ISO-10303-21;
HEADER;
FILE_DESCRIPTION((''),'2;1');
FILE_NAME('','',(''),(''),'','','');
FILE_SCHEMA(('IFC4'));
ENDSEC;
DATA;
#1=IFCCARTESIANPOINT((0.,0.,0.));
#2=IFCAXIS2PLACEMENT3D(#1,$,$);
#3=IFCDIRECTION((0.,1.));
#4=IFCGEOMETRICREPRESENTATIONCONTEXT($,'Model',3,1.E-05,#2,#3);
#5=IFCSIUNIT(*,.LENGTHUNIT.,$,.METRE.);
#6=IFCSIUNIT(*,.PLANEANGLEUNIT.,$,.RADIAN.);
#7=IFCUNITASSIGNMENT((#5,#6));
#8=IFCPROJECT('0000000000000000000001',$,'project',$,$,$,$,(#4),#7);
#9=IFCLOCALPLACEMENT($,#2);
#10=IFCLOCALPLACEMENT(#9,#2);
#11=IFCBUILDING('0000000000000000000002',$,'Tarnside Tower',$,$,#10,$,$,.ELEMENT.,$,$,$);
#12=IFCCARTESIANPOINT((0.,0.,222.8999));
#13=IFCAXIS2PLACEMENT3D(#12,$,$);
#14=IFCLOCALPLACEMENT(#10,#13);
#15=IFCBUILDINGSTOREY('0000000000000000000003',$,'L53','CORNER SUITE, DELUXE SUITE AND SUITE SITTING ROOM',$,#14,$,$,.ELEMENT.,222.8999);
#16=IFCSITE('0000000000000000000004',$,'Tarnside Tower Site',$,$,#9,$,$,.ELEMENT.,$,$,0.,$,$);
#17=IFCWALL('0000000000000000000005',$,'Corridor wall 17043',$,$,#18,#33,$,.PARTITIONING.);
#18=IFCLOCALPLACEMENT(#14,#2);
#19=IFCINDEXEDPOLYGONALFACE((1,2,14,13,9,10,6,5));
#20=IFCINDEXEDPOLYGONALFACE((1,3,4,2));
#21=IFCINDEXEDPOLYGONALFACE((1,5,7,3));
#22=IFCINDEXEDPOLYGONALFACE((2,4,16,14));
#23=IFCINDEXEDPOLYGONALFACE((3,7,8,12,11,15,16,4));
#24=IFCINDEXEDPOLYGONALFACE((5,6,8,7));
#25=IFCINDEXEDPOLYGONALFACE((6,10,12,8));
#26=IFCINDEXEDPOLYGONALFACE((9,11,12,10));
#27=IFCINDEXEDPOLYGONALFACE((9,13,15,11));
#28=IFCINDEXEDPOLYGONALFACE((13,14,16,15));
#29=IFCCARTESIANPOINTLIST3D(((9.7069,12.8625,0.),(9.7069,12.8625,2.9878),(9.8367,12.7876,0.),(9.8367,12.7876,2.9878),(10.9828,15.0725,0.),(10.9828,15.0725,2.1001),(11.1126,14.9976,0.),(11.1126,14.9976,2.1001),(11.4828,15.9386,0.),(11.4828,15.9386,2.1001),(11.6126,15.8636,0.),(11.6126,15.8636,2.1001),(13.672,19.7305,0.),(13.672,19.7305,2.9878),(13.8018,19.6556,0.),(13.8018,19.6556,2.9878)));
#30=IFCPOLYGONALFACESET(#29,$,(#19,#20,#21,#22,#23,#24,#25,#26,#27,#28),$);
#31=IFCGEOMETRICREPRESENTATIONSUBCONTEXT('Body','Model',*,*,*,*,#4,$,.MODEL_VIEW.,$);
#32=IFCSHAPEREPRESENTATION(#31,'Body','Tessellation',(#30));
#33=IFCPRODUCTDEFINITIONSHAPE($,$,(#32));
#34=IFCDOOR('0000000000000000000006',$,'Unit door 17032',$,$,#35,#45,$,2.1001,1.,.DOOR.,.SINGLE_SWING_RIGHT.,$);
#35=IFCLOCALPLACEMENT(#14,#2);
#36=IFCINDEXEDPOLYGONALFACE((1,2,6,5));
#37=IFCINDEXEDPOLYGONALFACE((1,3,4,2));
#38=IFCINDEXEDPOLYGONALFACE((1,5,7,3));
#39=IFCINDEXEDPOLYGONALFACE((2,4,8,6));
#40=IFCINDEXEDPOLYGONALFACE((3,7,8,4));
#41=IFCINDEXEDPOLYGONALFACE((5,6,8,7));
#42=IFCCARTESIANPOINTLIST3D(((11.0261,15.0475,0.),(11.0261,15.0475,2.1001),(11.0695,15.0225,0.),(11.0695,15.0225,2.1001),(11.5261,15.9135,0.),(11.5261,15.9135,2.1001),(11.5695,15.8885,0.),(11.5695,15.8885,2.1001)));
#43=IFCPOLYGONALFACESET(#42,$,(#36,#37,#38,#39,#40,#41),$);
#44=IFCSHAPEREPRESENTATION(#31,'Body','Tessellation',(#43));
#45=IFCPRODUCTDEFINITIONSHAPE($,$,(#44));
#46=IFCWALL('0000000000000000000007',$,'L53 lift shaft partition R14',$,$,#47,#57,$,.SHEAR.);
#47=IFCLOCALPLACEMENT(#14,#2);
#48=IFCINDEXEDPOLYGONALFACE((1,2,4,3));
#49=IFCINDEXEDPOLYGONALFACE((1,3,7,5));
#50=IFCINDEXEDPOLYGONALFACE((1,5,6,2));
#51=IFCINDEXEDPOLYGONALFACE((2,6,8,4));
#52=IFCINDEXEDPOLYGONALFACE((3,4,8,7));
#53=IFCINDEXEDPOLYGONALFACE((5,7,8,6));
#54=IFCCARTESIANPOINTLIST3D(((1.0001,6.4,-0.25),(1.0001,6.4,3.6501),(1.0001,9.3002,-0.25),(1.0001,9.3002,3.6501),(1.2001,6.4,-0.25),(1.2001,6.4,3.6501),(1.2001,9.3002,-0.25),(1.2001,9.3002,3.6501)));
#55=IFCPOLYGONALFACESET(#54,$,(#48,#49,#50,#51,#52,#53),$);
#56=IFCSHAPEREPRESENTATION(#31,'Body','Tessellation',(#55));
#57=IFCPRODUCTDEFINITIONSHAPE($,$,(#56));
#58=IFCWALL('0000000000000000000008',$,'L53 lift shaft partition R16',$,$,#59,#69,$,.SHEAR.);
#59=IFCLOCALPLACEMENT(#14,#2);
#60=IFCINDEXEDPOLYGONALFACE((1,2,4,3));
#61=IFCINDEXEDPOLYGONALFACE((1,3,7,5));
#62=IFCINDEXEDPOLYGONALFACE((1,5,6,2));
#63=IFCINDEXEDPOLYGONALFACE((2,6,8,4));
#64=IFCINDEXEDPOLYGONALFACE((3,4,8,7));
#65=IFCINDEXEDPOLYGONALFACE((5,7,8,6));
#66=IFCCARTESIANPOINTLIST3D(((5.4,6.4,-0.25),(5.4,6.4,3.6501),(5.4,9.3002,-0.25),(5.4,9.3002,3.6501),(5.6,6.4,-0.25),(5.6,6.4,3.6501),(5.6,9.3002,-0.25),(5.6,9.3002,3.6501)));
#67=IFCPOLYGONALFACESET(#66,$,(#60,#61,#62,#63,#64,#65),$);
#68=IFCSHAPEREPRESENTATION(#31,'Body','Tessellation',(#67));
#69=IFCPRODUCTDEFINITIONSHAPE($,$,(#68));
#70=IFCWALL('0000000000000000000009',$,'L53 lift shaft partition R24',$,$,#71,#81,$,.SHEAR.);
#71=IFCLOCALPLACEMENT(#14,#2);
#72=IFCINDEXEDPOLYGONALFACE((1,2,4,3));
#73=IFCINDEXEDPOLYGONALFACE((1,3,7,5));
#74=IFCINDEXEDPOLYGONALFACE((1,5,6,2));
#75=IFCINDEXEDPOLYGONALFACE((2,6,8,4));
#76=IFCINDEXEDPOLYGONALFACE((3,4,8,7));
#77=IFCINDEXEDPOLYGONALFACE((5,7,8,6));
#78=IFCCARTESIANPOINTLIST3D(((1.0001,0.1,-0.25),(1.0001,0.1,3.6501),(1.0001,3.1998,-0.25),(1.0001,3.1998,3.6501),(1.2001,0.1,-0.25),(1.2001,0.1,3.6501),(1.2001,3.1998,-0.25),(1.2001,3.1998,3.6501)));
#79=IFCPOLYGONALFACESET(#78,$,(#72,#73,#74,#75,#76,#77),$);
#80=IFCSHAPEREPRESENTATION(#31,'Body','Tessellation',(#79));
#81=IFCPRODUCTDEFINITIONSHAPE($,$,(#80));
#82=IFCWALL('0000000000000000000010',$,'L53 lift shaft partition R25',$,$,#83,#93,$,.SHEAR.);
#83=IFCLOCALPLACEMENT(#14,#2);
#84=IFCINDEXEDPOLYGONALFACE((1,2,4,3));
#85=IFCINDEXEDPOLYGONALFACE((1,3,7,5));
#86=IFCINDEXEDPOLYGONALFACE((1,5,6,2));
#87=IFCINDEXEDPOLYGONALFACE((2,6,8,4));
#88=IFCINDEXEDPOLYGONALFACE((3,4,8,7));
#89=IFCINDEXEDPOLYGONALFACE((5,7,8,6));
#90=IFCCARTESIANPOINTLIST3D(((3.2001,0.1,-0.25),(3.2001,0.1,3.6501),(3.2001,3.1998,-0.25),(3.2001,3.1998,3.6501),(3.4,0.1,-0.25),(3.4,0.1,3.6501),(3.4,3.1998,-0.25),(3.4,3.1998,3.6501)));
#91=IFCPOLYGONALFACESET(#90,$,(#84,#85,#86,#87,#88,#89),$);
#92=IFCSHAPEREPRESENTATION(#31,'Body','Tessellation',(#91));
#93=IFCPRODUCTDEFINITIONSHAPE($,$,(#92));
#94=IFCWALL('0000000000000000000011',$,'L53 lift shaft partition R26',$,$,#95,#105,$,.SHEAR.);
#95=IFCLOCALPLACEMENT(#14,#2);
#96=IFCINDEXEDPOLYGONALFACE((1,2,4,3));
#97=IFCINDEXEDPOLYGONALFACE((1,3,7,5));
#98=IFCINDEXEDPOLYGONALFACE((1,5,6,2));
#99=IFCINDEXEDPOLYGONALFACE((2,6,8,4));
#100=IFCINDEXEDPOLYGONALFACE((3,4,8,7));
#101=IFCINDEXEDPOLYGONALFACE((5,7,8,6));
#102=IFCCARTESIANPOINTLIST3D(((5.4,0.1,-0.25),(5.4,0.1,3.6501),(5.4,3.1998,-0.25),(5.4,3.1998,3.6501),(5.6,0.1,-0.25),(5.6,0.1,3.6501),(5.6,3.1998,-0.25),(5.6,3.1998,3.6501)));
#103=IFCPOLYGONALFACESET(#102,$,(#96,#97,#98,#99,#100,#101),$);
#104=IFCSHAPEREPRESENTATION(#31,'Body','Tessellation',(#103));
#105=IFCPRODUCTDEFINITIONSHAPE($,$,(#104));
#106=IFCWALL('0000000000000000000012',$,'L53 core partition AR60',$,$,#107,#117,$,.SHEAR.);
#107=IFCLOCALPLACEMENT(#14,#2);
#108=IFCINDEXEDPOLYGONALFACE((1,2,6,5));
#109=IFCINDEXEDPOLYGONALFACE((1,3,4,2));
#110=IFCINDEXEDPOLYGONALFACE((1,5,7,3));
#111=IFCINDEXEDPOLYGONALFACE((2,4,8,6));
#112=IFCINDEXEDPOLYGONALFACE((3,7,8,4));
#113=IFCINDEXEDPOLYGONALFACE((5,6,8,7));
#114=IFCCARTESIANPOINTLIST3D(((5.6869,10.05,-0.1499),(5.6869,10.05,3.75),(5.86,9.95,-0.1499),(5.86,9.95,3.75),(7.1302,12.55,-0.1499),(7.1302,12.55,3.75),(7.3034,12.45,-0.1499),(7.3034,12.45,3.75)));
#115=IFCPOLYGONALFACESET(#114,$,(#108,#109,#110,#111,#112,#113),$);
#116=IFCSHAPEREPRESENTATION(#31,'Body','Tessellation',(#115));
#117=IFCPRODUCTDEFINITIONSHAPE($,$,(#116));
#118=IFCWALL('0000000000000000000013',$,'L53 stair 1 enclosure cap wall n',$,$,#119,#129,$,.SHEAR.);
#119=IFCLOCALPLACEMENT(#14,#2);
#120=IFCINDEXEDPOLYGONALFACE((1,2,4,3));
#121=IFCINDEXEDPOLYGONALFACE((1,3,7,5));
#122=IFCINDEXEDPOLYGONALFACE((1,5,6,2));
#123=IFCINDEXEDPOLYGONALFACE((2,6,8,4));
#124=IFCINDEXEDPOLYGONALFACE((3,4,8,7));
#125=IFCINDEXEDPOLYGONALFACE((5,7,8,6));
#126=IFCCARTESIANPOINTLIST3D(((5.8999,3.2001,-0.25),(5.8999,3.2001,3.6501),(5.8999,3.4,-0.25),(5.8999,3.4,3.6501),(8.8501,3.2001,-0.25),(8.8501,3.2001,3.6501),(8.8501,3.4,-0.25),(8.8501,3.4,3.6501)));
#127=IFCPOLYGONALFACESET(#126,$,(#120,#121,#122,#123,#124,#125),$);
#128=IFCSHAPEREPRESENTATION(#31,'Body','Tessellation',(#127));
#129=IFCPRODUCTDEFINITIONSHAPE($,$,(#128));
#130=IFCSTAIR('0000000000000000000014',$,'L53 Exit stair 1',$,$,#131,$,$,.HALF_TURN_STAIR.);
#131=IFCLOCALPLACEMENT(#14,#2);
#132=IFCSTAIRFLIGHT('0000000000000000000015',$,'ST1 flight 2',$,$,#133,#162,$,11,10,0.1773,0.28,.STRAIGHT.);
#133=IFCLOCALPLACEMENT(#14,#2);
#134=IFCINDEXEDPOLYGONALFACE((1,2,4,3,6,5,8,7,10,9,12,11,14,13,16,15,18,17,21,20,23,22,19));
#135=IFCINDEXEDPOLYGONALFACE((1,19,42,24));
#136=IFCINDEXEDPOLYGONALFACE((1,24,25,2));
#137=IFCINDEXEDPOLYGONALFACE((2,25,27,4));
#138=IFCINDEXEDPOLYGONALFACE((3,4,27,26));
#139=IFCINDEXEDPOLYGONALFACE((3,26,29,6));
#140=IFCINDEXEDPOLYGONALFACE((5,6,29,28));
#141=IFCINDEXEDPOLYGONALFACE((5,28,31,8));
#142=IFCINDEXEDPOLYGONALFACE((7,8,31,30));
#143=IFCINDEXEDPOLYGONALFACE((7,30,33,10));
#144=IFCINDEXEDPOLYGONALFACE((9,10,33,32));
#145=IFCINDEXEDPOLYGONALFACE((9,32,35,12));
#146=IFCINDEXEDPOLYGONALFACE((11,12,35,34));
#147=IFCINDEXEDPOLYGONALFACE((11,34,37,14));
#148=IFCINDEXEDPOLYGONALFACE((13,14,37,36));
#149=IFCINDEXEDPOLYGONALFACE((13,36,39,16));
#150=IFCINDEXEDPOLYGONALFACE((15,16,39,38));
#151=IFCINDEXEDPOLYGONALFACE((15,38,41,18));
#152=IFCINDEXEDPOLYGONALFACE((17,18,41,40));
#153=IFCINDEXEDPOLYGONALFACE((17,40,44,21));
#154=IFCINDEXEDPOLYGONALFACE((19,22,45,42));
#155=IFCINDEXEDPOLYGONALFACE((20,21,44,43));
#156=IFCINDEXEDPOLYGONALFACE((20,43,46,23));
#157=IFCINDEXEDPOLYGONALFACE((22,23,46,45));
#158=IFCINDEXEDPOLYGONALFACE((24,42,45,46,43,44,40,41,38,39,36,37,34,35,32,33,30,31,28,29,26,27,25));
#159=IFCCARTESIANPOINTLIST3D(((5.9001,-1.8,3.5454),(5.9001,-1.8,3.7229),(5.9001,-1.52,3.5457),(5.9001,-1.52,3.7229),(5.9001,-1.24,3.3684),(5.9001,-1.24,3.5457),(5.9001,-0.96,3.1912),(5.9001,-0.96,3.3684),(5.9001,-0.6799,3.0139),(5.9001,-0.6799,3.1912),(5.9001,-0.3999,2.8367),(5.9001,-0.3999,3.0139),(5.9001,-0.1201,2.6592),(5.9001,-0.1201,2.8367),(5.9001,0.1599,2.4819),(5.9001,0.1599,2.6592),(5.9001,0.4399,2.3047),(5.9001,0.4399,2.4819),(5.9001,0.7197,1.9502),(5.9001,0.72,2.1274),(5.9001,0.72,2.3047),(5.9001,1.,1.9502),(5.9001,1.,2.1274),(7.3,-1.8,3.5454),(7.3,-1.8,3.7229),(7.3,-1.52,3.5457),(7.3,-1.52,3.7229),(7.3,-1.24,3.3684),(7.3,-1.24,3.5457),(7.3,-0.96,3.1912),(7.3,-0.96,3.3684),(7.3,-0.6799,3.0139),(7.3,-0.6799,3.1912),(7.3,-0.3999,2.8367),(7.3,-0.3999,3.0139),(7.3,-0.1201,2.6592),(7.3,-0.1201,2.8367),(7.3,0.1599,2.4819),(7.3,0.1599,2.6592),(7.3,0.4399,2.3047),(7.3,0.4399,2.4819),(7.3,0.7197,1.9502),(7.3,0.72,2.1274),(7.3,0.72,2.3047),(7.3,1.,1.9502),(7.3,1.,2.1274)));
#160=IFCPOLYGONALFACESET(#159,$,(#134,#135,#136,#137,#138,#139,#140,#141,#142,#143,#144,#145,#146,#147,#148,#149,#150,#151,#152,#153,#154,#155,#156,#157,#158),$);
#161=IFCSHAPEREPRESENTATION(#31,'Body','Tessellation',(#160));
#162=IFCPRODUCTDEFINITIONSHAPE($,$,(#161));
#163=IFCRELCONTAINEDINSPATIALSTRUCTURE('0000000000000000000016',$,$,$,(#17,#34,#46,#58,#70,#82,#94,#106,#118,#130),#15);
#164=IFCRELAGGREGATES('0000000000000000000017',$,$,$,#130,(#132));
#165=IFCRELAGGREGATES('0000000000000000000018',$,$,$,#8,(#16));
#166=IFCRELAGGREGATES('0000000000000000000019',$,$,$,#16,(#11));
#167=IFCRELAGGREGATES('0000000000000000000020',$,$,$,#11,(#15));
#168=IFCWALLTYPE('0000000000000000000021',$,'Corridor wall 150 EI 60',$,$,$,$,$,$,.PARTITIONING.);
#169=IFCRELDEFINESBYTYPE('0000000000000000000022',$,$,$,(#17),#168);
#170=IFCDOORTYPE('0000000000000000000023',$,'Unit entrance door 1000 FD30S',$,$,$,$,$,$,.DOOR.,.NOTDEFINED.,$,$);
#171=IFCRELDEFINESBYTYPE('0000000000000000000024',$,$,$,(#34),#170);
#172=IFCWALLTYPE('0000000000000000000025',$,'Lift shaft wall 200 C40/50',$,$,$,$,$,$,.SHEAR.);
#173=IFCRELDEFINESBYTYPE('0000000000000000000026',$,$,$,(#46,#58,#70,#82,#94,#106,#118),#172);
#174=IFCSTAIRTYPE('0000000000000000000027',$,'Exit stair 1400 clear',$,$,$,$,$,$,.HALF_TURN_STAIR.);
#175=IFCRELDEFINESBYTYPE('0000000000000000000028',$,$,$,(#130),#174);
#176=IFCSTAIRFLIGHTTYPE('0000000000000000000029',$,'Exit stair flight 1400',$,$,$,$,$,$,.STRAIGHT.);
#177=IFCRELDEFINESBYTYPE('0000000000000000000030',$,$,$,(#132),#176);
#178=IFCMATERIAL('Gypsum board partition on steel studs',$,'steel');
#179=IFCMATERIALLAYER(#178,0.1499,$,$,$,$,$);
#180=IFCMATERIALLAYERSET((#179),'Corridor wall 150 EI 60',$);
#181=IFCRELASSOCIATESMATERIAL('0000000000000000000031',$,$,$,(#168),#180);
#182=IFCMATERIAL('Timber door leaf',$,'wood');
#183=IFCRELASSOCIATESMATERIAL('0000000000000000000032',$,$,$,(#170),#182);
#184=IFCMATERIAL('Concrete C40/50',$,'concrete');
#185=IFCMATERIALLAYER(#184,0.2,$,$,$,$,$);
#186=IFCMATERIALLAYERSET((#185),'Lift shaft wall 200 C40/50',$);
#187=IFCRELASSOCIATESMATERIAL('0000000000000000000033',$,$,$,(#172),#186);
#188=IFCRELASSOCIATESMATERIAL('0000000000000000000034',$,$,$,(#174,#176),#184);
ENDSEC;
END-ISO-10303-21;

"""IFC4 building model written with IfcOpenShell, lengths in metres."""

from ifc_helpers import new_model, si_unit, direction, frame, frame_2d, origin, place, context, subcontext, project, spatial, polyline, rectangle, outline, extrude, material, layer, layer_set, type_object, element, fill, aggregate, save


model = new_model("IFC4")

# Units and contexts
model_context = context("Model", 3, precision=1e-05, world=origin(), true_north=direction((0.0, 1.0)))
body_context = subcontext(model_context, "Body", "Model", "MODEL_VIEW")
ifc_project = project(units=[si_unit("LENGTHUNIT", "METRE"), si_unit("PLANEANGLEUNIT", "RADIAN")], contexts=[model_context])

# Site, building, storey
site_placement = place(None, origin())
site = spatial("IfcSite", under=ifc_project, at=site_placement, Name="Tarnside Tower Site", CompositionType="ELEMENT", RefElevation=0.0)
building_placement = place(site_placement, origin())
building = spatial("IfcBuilding", under=site, at=building_placement, Name="Tarnside Tower", CompositionType="ELEMENT")
storey_placement = place(building_placement, frame((0.0, 0.0, 222.8999)))
storey = spatial("IfcBuildingStorey", under=building, at=storey_placement, Name="L53", Description="CORNER SUITE, DELUXE SUITE AND SUITE SITTING ROOM", CompositionType="ELEMENT", Elevation=222.8999)

# Shared definitions
ifc_material_1 = material(Name="Gypsum board partition on steel studs", Category="steel")
ifc_layer_1 = layer(ifc_material_1, 0.1499)
ifc_layer_set_1 = layer_set([ifc_layer_1], Name="Corridor wall 150 EI 60")
wall_type_1 = type_object("IfcWallType", Name="Corridor wall 150 EI 60", PredefinedType="PARTITIONING", material=ifc_layer_set_1)
ifc_material_2 = material(Name="Timber door leaf", Category="wood")
door_type_1 = type_object("IfcDoorType", Name="Unit entrance door 1000 FD30S", OperationType="NOTDEFINED", PredefinedType="DOOR", material=ifc_material_2)

# Wall, opening, door
wall_1_placement = place(storey_placement, frame((9.7717, 12.825, 0.0), z_axis=(0.0, 0.0, 1.0), x_axis=(0.49999, 0.866031, 0.0)))
wall_1 = element("IfcWall", 1, at=wall_1_placement, inside=storey, type_object=wall_type_1, Name="Corridor wall 17043", PredefinedType="PARTITIONING", context=body_context, shape_type="SweptSolid", body=[
    extrude(rectangle(XDim=7.9304, YDim=0.1499, at=frame_2d((3.9653, 0.0))), origin(), (0.0, 0.0, 1.0), 2.9878),
])
opening_1_placement = place(wall_1_placement, frame((2.552, 0.0, 0.0)))
opening_1 = element("IfcOpeningElement", 2, at=opening_1_placement, cuts=wall_1, PredefinedType="OPENING", context=body_context, shape_type="SweptSolid", body=[
    extrude(rectangle(XDim=1.0, YDim=2.1001, at=frame_2d((0.5, 1.05))), frame((0.0, 0.085, 0.0), z_axis=(0.0, -1.0, 0.0), x_axis=(1.0, 0.0, 0.0)), (0.0, 0.0, 1.0), 0.1699),
])
door_1_placement = place(opening_1_placement, origin())
door_1 = element("IfcDoor", 3, at=door_1_placement, inside=storey, type_object=door_type_1, Name="Unit door 17032", OperationType="SINGLE_SWING_RIGHT", OverallHeight=2.1001, OverallWidth=1.0, PredefinedType="DOOR", context=body_context, shape_type="SweptSolid", body=[
    extrude(rectangle(XDim=1.0, YDim=2.1001, at=frame_2d((0.5, 1.05))), frame((0.0, 0.0249, 0.0), z_axis=(0.0, -1.0, 0.0), x_axis=(1.0, 0.0, 0.0)), (0.0, 0.0, 1.0), 0.05),
])
fill(opening_1, door_1)

# Walls
ifc_material_3 = material(Name="Concrete C40/50", Category="concrete")
ifc_layer_2 = layer(ifc_material_3, 0.2)
ifc_layer_set_2 = layer_set([ifc_layer_2], Name="Lift shaft wall 200 C40/50")
wall_type_2 = type_object("IfcWallType", Name="Lift shaft wall 200 C40/50", PredefinedType="SHEAR", material=ifc_layer_set_2)
for number, where, z_axis, x_axis, name in (
    (4, (1.1001, 6.3999, -0.25), (0.0, 0.0, 1.0), (0.0, 1.0, 0.0), "L53 lift shaft partition R14"),
    (5, (5.5, 6.3999, -0.25), (0.0, 0.0, 1.0), (0.0, 1.0, 0.0), "L53 lift shaft partition R16"),
):
    element("IfcWall", number, at=place(storey_placement, frame(where, z_axis=z_axis, x_axis=x_axis)), inside=storey, type_object=wall_type_2, Name=name, PredefinedType="SHEAR", context=body_context, shape_type="SweptSolid", body=[
        extrude(rectangle(XDim=2.9001, YDim=0.2, at=frame_2d((1.4502, 0.0))), origin(), (0.0, 0.0, 1.0), 3.9001),
    ])
for number, where, z_axis, x_axis, name in (
    (6, (1.1001, 0.1001, -0.25), (0.0, 0.0, 1.0), (0.0, 1.0, 0.0), "L53 lift shaft partition R24"),
    (7, (3.3, 0.1001, -0.25), (0.0, 0.0, 1.0), (0.0, 1.0, 0.0), "L53 lift shaft partition R25"),
    (8, (5.5, 0.1001, -0.25), (0.0, 0.0, 1.0), (0.0, 1.0, 0.0), "L53 lift shaft partition R26"),
):
    element("IfcWall", number, at=place(storey_placement, frame(where, z_axis=z_axis, x_axis=x_axis)), inside=storey, type_object=wall_type_2, Name=name, PredefinedType="SHEAR", context=body_context, shape_type="SweptSolid", body=[
        extrude(rectangle(XDim=3.0999, YDim=0.2, at=frame_2d((1.5498, 0.0))), origin(), (0.0, 0.0, 1.0), 3.9001),
    ])
wall_2_placement = place(storey_placement, frame((5.7734, 10.0, -0.1499), z_axis=(0.0, 0.0, 1.0), x_axis=(0.499996, 0.866028, 0.0)))
element("IfcWall", 9, at=wall_2_placement, inside=storey, type_object=wall_type_2, Name="L53 core partition AR60", PredefinedType="SHEAR", context=body_context, shape_type="SweptSolid", body=[
    extrude(rectangle(XDim=2.8867, YDim=0.2, at=frame_2d((1.4434, 0.0))), origin(), (0.0, 0.0, 1.0), 3.8999),
])
wall_3_placement = place(storey_placement, frame((5.8999, 3.3, -0.25), z_axis=(0.0, 0.0, 1.0), x_axis=(1.0, 0.0, 0.0)))
element("IfcWall", 10, at=wall_3_placement, inside=storey, type_object=wall_type_2, Name="L53 stair 1 enclosure cap wall n", PredefinedType="SHEAR", context=body_context, shape_type="SweptSolid", body=[
    extrude(rectangle(XDim=2.9502, YDim=0.2, at=frame_2d((1.4751, 0.0))), origin(), (0.0, 0.0, 1.0), 3.9001),
])

# Stair, stair flight
stair_type = type_object("IfcStairType", Name="Exit stair 1400 clear", PredefinedType="HALF_TURN_STAIR", material=ifc_material_3)
stair_placement = place(storey_placement, origin())
stair = element("IfcStair", 11, at=stair_placement, inside=storey, type_object=stair_type, Name="L53 Exit stair 1", PredefinedType="HALF_TURN_STAIR")
stair_flight_type = type_object("IfcStairFlightType", Name="Exit stair flight 1400", PredefinedType="STRAIGHT", material=ifc_material_3)
stair_flight_placement = place(storey_placement, frame((6.6001, 1.0, 1.9502), z_axis=(0.0, 0.0, 1.0), x_axis=(0.0, -1.0, 0.0)))
stair_flight = element("IfcStairFlight", 12, at=stair_flight_placement, type_object=stair_flight_type, Name="ST1 flight 2", NumberOfRisers=11, NumberOfTreads=10, PredefinedType="STRAIGHT", RiserHeight=0.1773, TreadLength=0.28, context=body_context, shape_type="SweptSolid", body=[
    extrude(outline(polyline([(0.0, 0.0), (0.0, 0.1772), (0.28, 0.1772), (0.28, 0.3545), (0.5601, 0.3545), (0.5601, 0.5317), (0.8401, 0.5317), (0.8401, 0.709), (1.1201, 0.709), (1.1201, 0.8865), (1.3999, 0.8865), (1.3999, 1.0637), (1.6799, 1.0637), (1.6799, 1.241), (1.96, 1.241), (1.96, 1.4182), (2.24, 1.4182), (2.24, 1.5955), (2.52, 1.5955), (2.52, 1.7727), (2.8, 1.7727), (2.8, 1.95), (2.8, 1.5952), (0.2803, 0.0), (0.0, 0.0)])), frame((0.0, 0.7, 0.0), z_axis=(0.0, -1.0, 0.0), x_axis=(1.0, 0.0, 0.0)), (0.0, 0.0, 1.0), 1.3999),
])
aggregate(stair, [stair_flight])

save(model, "model.ifc")
